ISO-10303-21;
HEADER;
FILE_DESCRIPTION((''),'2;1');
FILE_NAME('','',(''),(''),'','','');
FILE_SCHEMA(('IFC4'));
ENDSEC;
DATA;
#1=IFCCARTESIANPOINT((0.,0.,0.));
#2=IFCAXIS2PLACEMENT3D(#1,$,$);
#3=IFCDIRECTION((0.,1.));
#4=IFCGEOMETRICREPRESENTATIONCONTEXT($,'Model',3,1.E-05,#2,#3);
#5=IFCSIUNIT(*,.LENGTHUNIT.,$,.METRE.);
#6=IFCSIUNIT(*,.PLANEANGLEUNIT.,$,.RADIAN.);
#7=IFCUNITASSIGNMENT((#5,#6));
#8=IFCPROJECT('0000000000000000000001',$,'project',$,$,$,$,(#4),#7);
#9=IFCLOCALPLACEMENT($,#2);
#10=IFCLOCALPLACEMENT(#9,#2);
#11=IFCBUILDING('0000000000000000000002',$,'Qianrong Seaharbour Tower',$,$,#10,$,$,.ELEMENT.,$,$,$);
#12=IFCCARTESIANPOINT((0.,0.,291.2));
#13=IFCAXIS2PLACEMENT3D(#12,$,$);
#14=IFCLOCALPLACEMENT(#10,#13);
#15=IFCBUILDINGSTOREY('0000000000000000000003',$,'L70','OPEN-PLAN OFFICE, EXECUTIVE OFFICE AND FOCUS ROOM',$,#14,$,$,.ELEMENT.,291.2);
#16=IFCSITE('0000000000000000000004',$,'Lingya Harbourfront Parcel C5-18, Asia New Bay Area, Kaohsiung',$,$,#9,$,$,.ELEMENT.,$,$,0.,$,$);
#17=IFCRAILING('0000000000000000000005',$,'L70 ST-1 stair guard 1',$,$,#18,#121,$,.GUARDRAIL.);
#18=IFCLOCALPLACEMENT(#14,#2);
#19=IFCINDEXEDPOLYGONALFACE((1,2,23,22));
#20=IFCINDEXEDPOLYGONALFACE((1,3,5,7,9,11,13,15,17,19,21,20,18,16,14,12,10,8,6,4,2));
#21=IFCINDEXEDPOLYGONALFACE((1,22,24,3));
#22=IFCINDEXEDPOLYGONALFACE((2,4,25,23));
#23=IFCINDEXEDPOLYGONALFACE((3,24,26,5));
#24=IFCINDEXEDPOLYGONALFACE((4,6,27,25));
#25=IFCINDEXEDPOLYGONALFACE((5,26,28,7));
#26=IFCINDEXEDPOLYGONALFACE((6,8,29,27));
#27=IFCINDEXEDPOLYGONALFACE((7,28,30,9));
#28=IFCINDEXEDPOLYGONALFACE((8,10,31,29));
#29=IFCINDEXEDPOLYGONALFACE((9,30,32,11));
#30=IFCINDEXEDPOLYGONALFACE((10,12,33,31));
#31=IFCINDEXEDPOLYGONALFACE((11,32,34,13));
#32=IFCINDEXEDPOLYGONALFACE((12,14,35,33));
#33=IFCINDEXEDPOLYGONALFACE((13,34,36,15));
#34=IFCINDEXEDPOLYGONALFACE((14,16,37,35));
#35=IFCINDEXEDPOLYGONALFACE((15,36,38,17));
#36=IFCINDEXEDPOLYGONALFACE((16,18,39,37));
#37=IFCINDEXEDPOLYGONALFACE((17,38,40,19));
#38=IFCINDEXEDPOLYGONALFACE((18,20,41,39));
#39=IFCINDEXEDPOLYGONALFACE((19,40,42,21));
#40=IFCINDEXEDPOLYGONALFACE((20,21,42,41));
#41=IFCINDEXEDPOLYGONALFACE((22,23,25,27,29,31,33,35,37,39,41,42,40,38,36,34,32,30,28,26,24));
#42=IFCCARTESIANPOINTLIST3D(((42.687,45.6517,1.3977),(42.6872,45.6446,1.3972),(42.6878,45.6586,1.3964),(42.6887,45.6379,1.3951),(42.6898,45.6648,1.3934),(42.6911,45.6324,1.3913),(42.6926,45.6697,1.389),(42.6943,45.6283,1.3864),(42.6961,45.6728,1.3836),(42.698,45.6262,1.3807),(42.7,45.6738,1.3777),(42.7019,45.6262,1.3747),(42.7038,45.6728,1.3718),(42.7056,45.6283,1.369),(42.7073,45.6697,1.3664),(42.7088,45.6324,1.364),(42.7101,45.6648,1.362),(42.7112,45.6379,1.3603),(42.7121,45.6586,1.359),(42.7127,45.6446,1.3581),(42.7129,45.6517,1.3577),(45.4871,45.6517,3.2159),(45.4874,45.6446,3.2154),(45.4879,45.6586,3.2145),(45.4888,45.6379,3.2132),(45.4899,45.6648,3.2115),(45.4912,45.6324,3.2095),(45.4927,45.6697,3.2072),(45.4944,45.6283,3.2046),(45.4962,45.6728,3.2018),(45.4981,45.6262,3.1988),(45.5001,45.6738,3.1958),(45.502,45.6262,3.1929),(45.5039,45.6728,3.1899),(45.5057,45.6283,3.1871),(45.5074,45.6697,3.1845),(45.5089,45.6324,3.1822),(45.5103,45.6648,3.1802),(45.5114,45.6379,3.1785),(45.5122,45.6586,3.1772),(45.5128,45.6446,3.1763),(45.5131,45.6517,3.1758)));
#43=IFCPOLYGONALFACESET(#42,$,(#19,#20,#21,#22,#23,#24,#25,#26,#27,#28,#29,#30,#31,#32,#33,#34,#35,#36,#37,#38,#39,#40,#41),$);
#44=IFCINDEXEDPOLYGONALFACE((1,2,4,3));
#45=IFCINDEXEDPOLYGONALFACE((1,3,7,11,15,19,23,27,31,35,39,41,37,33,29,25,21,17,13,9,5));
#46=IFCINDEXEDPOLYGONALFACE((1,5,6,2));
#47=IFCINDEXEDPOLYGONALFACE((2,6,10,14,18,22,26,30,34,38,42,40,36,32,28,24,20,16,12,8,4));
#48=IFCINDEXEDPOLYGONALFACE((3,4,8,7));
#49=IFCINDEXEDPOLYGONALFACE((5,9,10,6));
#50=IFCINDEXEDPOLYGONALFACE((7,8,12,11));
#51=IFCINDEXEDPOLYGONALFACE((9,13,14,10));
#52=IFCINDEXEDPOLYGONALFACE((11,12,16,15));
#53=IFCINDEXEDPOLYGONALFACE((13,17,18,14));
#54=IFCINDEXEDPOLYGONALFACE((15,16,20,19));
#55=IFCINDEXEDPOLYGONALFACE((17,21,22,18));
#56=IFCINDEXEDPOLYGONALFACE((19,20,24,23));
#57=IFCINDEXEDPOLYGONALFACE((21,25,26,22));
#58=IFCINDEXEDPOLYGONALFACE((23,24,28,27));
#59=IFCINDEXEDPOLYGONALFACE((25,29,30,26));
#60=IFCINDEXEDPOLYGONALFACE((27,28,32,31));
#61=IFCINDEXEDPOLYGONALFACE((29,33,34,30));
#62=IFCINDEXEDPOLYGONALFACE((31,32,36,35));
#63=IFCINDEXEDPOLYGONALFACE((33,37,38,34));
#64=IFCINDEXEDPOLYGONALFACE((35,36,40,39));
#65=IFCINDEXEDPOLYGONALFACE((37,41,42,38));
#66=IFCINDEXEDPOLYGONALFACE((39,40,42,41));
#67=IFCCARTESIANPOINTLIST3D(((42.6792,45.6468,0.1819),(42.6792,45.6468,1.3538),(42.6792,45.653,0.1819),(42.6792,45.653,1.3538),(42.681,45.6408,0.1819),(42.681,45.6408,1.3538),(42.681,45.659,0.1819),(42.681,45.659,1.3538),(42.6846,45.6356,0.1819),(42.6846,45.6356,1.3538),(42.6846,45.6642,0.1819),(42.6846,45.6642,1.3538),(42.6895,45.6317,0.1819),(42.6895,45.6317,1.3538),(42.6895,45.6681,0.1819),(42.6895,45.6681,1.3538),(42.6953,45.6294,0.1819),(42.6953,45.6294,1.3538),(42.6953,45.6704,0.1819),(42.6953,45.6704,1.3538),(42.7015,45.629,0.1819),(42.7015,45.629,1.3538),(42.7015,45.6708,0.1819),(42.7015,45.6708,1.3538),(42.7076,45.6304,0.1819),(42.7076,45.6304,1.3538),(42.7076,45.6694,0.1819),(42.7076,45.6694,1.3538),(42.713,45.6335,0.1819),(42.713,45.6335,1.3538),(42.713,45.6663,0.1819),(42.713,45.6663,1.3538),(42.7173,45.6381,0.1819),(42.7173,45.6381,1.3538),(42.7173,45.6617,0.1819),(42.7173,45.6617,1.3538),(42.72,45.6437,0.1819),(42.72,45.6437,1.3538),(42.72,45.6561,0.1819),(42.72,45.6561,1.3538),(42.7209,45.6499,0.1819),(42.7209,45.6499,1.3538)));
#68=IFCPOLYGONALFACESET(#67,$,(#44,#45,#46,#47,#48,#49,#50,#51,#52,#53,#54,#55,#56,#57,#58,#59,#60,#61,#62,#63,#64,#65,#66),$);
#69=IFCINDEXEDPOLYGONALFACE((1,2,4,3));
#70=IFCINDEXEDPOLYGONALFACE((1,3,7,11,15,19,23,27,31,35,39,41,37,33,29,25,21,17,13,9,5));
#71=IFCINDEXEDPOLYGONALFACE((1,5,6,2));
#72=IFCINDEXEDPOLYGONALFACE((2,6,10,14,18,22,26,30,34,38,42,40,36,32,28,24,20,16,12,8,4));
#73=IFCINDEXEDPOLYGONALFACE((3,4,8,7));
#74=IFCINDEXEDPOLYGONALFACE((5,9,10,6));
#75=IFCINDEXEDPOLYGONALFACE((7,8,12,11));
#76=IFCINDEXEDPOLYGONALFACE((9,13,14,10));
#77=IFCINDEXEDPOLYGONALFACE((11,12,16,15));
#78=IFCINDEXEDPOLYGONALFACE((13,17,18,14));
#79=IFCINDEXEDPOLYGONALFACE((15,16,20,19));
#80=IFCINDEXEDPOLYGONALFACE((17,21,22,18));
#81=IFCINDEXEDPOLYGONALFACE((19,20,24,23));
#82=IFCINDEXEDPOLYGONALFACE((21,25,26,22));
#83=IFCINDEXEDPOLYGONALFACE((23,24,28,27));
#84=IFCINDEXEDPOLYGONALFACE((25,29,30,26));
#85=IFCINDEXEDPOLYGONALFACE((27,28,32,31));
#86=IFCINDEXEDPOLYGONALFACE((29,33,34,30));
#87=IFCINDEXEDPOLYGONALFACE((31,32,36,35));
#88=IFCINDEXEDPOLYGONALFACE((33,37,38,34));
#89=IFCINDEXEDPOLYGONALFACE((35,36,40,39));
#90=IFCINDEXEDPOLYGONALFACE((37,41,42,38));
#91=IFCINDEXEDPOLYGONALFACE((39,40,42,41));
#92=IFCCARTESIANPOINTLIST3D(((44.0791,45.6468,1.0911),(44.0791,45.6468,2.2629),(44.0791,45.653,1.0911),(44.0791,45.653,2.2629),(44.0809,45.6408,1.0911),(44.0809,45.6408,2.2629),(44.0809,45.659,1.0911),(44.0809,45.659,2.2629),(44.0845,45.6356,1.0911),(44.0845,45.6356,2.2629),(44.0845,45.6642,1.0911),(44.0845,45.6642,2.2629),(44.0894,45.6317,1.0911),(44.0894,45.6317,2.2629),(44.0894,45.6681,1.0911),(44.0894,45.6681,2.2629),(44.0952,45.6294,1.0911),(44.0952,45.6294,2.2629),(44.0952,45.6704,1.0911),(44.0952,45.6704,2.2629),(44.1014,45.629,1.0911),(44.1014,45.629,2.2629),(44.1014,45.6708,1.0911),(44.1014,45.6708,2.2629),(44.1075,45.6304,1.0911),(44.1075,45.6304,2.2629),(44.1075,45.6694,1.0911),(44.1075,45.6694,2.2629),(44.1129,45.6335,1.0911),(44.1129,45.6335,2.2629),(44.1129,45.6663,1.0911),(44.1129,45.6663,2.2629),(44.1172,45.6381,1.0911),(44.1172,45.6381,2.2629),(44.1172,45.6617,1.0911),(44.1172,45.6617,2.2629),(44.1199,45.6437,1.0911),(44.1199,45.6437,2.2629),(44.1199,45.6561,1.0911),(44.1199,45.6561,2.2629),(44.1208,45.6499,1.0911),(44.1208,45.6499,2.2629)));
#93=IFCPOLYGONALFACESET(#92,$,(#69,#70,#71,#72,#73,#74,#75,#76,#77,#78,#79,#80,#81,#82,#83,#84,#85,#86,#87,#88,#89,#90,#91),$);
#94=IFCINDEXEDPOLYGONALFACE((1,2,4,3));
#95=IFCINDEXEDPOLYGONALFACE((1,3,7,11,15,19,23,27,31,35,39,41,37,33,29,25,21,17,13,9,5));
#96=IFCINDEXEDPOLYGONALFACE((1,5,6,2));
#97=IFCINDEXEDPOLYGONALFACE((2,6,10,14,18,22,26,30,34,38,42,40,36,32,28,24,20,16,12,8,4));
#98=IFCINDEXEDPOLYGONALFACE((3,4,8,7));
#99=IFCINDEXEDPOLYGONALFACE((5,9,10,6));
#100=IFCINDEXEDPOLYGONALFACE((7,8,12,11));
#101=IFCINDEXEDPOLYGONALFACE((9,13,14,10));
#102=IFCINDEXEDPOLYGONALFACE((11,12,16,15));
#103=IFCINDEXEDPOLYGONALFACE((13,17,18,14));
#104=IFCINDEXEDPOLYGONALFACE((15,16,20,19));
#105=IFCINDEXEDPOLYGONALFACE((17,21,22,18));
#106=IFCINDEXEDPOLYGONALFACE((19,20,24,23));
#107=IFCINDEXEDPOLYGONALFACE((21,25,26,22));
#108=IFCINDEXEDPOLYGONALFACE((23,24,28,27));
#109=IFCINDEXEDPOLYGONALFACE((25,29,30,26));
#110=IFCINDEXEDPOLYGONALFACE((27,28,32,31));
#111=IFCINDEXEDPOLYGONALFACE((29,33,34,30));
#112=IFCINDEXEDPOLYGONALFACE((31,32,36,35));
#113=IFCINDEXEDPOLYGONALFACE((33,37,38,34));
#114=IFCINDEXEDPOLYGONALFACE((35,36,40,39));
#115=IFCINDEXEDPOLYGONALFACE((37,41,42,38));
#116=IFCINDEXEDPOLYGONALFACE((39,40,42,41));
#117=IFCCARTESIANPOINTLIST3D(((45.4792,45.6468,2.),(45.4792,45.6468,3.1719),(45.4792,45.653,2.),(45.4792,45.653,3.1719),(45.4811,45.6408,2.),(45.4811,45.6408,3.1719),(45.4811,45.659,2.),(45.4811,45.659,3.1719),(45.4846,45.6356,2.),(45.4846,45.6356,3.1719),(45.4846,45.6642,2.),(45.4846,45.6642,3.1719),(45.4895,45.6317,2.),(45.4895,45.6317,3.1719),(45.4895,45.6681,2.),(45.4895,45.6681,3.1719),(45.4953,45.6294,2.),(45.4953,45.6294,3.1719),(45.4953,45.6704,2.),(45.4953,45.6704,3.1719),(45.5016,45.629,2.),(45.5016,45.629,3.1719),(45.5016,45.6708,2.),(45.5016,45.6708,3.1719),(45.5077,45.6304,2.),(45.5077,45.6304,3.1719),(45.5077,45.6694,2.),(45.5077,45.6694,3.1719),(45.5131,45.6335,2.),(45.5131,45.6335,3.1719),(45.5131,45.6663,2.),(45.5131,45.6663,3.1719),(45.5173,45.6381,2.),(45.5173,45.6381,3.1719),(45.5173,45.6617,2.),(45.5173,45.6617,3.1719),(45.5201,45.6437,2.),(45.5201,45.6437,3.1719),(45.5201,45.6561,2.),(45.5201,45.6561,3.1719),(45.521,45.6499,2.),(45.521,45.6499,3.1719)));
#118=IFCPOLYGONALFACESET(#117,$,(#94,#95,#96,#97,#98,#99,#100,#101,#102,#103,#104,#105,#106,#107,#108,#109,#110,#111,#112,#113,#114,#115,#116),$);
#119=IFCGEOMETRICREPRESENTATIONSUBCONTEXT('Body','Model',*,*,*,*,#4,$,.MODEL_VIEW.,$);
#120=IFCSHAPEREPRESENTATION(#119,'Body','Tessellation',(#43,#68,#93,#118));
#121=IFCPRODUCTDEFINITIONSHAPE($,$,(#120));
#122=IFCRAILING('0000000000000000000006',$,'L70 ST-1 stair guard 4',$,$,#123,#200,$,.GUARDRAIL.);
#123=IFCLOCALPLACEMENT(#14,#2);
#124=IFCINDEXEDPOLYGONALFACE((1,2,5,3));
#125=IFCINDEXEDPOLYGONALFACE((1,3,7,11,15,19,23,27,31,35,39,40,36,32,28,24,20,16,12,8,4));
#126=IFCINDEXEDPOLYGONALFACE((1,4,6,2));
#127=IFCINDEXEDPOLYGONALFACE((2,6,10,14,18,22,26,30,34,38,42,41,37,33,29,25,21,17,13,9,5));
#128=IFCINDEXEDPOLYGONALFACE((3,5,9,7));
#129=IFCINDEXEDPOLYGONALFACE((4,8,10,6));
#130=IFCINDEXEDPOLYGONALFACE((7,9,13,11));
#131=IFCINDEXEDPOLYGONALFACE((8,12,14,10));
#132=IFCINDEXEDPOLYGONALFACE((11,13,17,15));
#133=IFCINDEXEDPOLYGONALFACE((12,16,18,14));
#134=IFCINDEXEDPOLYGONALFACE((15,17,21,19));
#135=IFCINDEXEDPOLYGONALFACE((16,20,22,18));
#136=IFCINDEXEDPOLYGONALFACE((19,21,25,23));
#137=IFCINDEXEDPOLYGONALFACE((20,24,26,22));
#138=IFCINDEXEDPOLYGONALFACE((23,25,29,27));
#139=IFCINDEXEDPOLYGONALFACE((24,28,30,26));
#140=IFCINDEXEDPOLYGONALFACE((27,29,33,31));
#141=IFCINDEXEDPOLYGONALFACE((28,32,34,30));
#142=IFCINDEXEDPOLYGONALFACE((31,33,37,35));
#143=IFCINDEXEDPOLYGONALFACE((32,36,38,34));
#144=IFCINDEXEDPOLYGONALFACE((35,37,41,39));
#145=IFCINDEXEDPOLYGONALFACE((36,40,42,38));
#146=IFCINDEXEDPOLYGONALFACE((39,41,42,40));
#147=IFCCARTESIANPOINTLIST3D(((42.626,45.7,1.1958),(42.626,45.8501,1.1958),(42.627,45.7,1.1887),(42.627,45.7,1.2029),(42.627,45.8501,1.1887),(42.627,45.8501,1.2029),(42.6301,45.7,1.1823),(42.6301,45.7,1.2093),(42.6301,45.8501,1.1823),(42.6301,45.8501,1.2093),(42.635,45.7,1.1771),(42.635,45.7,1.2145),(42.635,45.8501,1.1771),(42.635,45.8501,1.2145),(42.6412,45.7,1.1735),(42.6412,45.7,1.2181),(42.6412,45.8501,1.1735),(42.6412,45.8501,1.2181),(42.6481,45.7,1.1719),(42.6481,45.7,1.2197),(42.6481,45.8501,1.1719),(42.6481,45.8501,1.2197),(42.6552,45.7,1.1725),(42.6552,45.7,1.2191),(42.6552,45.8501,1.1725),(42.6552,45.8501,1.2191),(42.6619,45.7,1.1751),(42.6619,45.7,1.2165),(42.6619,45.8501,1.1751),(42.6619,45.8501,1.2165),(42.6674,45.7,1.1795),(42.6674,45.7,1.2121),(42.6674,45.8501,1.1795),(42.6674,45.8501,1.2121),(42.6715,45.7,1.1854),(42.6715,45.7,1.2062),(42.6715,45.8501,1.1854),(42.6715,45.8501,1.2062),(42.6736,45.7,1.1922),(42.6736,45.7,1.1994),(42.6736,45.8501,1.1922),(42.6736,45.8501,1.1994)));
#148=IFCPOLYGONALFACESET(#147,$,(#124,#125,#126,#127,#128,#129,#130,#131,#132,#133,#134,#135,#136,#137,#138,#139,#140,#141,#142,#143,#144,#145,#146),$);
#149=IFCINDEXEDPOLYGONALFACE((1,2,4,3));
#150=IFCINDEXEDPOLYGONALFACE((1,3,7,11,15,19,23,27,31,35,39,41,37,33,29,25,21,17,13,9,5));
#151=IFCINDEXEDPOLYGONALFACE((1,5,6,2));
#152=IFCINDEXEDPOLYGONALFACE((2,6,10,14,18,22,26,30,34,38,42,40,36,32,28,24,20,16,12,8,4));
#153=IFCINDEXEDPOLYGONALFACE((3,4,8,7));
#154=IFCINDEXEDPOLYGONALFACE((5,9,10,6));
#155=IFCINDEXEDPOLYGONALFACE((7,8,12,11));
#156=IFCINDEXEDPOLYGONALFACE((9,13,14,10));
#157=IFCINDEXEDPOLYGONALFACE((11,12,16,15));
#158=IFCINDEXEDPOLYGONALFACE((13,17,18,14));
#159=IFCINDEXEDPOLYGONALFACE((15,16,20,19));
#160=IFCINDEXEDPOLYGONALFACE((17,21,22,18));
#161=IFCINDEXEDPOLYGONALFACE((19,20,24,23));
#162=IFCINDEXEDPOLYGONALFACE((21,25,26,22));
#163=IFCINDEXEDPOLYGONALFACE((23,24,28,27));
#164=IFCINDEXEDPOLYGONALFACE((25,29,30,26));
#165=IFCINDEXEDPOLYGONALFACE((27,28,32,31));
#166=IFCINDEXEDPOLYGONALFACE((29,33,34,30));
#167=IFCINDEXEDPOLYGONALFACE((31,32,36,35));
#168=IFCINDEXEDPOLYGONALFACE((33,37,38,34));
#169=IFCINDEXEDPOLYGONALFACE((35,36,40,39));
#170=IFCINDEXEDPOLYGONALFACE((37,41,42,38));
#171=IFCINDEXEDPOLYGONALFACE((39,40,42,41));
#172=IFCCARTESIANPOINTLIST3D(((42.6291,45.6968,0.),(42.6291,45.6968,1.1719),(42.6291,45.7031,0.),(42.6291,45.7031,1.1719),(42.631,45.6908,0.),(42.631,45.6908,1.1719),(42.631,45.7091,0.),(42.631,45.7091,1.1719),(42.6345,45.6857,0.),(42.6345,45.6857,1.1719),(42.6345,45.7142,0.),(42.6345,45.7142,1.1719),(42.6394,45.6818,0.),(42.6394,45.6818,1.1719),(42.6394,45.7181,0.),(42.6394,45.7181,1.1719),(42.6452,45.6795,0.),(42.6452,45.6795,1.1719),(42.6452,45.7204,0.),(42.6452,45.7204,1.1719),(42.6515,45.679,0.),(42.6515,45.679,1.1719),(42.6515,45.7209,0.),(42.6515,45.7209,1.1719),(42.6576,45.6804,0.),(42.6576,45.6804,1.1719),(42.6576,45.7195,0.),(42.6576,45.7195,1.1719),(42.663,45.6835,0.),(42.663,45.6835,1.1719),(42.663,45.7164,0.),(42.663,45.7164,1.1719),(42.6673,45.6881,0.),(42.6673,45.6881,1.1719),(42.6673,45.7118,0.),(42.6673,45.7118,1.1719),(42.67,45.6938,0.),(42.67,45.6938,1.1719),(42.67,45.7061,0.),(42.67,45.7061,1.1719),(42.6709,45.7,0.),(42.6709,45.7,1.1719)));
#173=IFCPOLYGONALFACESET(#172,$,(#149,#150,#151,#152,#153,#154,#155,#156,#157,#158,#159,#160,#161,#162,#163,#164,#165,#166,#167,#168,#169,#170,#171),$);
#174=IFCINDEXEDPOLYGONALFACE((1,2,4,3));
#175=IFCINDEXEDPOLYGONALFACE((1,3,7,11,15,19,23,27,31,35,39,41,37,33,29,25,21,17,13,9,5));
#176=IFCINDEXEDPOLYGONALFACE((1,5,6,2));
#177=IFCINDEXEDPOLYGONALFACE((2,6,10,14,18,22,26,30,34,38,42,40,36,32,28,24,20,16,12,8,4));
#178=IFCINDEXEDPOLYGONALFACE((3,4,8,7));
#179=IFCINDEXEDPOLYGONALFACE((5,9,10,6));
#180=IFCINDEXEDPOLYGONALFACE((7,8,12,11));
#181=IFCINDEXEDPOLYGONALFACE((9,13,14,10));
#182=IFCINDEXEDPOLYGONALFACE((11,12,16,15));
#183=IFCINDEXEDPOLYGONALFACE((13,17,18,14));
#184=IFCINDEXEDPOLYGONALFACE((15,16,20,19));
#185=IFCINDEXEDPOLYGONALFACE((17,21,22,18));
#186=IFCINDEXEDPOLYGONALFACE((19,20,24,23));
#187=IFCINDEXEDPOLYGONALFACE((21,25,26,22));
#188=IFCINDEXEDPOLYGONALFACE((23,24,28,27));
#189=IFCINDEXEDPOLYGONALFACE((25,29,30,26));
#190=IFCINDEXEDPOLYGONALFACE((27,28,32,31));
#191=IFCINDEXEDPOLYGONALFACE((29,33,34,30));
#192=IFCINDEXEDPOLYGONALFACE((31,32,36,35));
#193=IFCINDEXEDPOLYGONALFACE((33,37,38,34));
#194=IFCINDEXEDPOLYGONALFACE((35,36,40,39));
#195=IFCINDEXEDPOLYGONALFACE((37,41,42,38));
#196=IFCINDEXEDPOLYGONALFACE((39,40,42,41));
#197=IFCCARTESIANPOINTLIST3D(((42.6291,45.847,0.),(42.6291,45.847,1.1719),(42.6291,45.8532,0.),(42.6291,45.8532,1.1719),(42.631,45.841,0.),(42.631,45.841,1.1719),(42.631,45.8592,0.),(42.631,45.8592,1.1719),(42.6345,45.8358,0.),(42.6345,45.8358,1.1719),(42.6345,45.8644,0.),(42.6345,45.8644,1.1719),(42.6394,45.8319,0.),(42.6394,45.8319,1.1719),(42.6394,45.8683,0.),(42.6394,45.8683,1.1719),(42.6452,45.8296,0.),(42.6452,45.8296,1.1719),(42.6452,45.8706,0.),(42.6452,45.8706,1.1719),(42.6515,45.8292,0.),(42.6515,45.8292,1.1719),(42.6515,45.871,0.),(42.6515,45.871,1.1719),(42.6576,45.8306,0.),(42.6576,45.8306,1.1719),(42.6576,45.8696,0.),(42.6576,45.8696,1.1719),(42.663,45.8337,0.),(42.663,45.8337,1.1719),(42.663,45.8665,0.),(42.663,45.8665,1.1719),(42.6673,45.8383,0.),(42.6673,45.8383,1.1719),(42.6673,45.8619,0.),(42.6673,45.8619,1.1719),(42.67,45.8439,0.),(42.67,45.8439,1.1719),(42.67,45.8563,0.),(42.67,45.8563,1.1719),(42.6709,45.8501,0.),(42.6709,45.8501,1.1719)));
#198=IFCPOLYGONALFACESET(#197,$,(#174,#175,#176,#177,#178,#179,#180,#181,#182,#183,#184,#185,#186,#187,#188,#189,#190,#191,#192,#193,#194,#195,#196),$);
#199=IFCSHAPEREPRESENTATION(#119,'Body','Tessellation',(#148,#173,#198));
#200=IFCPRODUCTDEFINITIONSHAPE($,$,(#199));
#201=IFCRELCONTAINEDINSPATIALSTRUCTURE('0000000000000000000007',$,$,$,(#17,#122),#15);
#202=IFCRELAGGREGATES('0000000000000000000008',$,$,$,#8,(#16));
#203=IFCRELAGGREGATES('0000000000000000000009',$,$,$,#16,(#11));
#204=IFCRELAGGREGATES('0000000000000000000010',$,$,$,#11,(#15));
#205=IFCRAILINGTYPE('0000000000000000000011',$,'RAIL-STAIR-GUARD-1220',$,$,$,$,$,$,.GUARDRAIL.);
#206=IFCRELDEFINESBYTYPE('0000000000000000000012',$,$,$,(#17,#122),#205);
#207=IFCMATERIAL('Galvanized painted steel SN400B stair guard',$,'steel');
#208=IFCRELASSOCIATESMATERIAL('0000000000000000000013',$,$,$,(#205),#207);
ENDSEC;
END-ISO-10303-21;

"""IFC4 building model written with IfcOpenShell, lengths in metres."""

from ifc_helpers import new_model, si_unit, direction, frame, origin, origin_2d, place, context, subcontext, project, spatial, circle, extrude, material, type_object, element, save


model = new_model("IFC4")

# Units and contexts
model_context = context("Model", 3, precision=1e-05, world=origin(), true_north=direction((0.0, 1.0)))
body_context = subcontext(model_context, "Body", "Model", "MODEL_VIEW")
ifc_project = project(units=[si_unit("LENGTHUNIT", "METRE"), si_unit("PLANEANGLEUNIT", "RADIAN")], contexts=[model_context])

# Site, building, storey
site_placement = place(None, origin())
site = spatial("IfcSite", under=ifc_project, at=site_placement, Name="Lingya Harbourfront Parcel C5-18, Asia New Bay Area, Kaohsiung", CompositionType="ELEMENT", RefElevation=0.0)
building_placement = place(site_placement, origin())
building = spatial("IfcBuilding", under=site, at=building_placement, Name="Qianrong Seaharbour Tower", CompositionType="ELEMENT")
storey_placement = place(building_placement, frame((0.0, 0.0, 291.2)))
storey = spatial("IfcBuildingStorey", under=building, at=storey_placement, Name="L70", Description="OPEN-PLAN OFFICE, EXECUTIVE OFFICE AND FOCUS ROOM", CompositionType="ELEMENT", Elevation=291.2)

# Railings
ifc_material_1 = material(Name="Galvanized painted steel SN400B stair guard", Category="steel")
railing_type = type_object("IfcRailingType", Name="RAIL-STAIR-GUARD-1220", PredefinedType="GUARDRAIL", material=ifc_material_1)
railing_1_placement = place(storey_placement, frame((42.7, 45.6499, 0.1819)))
element("IfcRailing", 1, at=railing_1_placement, inside=storey, type_object=railing_type, Name="L70 ST-1 stair guard 1", PredefinedType="GUARDRAIL", context=body_context, shape_type="SweptSolid", body=[
    extrude(circle(Radius=0.0239, at=origin_2d()), frame((0.0, 0.0, 1.1958), z_axis=(0.838706, 0.0, 0.544585), x_axis=(0.0, 1.0, 0.0)), (0.0, 0.0, 1.0), 3.3386),
    extrude(circle(Radius=0.021, at=origin_2d()), origin(), (0.0, 0.0, 1.0), 1.1719),
    extrude(circle(Radius=0.021, at=origin_2d()), frame((1.3999, 0.0, 0.9092)), (0.0, 0.0, 1.0), 1.1719),
    extrude(circle(Radius=0.021, at=origin_2d()), frame((2.8, 0.0, 1.8181)), (0.0, 0.0, 1.0), 1.1719),
])
railing_2_placement = place(storey_placement, frame((42.6499, 45.7, 0.0)))
element("IfcRailing", 2, at=railing_2_placement, inside=storey, type_object=railing_type, Name="L70 ST-1 stair guard 4", PredefinedType="GUARDRAIL", context=body_context, shape_type="SweptSolid", body=[
    extrude(circle(Radius=0.0239, at=origin_2d()), frame((0.0, 0.0, 1.1958), z_axis=(0.0, 1.0, 0.0), x_axis=(-1.0, 0.0, 0.0)), (0.0, 0.0, 1.0), 0.1501),
    extrude(circle(Radius=0.021, at=origin_2d()), origin(), (0.0, 0.0, 1.0), 1.1719),
    extrude(circle(Radius=0.021, at=origin_2d()), frame((0.0, 0.1501, 0.0)), (0.0, 0.0, 1.0), 1.1719),
])

save(model, "model.ifc")
